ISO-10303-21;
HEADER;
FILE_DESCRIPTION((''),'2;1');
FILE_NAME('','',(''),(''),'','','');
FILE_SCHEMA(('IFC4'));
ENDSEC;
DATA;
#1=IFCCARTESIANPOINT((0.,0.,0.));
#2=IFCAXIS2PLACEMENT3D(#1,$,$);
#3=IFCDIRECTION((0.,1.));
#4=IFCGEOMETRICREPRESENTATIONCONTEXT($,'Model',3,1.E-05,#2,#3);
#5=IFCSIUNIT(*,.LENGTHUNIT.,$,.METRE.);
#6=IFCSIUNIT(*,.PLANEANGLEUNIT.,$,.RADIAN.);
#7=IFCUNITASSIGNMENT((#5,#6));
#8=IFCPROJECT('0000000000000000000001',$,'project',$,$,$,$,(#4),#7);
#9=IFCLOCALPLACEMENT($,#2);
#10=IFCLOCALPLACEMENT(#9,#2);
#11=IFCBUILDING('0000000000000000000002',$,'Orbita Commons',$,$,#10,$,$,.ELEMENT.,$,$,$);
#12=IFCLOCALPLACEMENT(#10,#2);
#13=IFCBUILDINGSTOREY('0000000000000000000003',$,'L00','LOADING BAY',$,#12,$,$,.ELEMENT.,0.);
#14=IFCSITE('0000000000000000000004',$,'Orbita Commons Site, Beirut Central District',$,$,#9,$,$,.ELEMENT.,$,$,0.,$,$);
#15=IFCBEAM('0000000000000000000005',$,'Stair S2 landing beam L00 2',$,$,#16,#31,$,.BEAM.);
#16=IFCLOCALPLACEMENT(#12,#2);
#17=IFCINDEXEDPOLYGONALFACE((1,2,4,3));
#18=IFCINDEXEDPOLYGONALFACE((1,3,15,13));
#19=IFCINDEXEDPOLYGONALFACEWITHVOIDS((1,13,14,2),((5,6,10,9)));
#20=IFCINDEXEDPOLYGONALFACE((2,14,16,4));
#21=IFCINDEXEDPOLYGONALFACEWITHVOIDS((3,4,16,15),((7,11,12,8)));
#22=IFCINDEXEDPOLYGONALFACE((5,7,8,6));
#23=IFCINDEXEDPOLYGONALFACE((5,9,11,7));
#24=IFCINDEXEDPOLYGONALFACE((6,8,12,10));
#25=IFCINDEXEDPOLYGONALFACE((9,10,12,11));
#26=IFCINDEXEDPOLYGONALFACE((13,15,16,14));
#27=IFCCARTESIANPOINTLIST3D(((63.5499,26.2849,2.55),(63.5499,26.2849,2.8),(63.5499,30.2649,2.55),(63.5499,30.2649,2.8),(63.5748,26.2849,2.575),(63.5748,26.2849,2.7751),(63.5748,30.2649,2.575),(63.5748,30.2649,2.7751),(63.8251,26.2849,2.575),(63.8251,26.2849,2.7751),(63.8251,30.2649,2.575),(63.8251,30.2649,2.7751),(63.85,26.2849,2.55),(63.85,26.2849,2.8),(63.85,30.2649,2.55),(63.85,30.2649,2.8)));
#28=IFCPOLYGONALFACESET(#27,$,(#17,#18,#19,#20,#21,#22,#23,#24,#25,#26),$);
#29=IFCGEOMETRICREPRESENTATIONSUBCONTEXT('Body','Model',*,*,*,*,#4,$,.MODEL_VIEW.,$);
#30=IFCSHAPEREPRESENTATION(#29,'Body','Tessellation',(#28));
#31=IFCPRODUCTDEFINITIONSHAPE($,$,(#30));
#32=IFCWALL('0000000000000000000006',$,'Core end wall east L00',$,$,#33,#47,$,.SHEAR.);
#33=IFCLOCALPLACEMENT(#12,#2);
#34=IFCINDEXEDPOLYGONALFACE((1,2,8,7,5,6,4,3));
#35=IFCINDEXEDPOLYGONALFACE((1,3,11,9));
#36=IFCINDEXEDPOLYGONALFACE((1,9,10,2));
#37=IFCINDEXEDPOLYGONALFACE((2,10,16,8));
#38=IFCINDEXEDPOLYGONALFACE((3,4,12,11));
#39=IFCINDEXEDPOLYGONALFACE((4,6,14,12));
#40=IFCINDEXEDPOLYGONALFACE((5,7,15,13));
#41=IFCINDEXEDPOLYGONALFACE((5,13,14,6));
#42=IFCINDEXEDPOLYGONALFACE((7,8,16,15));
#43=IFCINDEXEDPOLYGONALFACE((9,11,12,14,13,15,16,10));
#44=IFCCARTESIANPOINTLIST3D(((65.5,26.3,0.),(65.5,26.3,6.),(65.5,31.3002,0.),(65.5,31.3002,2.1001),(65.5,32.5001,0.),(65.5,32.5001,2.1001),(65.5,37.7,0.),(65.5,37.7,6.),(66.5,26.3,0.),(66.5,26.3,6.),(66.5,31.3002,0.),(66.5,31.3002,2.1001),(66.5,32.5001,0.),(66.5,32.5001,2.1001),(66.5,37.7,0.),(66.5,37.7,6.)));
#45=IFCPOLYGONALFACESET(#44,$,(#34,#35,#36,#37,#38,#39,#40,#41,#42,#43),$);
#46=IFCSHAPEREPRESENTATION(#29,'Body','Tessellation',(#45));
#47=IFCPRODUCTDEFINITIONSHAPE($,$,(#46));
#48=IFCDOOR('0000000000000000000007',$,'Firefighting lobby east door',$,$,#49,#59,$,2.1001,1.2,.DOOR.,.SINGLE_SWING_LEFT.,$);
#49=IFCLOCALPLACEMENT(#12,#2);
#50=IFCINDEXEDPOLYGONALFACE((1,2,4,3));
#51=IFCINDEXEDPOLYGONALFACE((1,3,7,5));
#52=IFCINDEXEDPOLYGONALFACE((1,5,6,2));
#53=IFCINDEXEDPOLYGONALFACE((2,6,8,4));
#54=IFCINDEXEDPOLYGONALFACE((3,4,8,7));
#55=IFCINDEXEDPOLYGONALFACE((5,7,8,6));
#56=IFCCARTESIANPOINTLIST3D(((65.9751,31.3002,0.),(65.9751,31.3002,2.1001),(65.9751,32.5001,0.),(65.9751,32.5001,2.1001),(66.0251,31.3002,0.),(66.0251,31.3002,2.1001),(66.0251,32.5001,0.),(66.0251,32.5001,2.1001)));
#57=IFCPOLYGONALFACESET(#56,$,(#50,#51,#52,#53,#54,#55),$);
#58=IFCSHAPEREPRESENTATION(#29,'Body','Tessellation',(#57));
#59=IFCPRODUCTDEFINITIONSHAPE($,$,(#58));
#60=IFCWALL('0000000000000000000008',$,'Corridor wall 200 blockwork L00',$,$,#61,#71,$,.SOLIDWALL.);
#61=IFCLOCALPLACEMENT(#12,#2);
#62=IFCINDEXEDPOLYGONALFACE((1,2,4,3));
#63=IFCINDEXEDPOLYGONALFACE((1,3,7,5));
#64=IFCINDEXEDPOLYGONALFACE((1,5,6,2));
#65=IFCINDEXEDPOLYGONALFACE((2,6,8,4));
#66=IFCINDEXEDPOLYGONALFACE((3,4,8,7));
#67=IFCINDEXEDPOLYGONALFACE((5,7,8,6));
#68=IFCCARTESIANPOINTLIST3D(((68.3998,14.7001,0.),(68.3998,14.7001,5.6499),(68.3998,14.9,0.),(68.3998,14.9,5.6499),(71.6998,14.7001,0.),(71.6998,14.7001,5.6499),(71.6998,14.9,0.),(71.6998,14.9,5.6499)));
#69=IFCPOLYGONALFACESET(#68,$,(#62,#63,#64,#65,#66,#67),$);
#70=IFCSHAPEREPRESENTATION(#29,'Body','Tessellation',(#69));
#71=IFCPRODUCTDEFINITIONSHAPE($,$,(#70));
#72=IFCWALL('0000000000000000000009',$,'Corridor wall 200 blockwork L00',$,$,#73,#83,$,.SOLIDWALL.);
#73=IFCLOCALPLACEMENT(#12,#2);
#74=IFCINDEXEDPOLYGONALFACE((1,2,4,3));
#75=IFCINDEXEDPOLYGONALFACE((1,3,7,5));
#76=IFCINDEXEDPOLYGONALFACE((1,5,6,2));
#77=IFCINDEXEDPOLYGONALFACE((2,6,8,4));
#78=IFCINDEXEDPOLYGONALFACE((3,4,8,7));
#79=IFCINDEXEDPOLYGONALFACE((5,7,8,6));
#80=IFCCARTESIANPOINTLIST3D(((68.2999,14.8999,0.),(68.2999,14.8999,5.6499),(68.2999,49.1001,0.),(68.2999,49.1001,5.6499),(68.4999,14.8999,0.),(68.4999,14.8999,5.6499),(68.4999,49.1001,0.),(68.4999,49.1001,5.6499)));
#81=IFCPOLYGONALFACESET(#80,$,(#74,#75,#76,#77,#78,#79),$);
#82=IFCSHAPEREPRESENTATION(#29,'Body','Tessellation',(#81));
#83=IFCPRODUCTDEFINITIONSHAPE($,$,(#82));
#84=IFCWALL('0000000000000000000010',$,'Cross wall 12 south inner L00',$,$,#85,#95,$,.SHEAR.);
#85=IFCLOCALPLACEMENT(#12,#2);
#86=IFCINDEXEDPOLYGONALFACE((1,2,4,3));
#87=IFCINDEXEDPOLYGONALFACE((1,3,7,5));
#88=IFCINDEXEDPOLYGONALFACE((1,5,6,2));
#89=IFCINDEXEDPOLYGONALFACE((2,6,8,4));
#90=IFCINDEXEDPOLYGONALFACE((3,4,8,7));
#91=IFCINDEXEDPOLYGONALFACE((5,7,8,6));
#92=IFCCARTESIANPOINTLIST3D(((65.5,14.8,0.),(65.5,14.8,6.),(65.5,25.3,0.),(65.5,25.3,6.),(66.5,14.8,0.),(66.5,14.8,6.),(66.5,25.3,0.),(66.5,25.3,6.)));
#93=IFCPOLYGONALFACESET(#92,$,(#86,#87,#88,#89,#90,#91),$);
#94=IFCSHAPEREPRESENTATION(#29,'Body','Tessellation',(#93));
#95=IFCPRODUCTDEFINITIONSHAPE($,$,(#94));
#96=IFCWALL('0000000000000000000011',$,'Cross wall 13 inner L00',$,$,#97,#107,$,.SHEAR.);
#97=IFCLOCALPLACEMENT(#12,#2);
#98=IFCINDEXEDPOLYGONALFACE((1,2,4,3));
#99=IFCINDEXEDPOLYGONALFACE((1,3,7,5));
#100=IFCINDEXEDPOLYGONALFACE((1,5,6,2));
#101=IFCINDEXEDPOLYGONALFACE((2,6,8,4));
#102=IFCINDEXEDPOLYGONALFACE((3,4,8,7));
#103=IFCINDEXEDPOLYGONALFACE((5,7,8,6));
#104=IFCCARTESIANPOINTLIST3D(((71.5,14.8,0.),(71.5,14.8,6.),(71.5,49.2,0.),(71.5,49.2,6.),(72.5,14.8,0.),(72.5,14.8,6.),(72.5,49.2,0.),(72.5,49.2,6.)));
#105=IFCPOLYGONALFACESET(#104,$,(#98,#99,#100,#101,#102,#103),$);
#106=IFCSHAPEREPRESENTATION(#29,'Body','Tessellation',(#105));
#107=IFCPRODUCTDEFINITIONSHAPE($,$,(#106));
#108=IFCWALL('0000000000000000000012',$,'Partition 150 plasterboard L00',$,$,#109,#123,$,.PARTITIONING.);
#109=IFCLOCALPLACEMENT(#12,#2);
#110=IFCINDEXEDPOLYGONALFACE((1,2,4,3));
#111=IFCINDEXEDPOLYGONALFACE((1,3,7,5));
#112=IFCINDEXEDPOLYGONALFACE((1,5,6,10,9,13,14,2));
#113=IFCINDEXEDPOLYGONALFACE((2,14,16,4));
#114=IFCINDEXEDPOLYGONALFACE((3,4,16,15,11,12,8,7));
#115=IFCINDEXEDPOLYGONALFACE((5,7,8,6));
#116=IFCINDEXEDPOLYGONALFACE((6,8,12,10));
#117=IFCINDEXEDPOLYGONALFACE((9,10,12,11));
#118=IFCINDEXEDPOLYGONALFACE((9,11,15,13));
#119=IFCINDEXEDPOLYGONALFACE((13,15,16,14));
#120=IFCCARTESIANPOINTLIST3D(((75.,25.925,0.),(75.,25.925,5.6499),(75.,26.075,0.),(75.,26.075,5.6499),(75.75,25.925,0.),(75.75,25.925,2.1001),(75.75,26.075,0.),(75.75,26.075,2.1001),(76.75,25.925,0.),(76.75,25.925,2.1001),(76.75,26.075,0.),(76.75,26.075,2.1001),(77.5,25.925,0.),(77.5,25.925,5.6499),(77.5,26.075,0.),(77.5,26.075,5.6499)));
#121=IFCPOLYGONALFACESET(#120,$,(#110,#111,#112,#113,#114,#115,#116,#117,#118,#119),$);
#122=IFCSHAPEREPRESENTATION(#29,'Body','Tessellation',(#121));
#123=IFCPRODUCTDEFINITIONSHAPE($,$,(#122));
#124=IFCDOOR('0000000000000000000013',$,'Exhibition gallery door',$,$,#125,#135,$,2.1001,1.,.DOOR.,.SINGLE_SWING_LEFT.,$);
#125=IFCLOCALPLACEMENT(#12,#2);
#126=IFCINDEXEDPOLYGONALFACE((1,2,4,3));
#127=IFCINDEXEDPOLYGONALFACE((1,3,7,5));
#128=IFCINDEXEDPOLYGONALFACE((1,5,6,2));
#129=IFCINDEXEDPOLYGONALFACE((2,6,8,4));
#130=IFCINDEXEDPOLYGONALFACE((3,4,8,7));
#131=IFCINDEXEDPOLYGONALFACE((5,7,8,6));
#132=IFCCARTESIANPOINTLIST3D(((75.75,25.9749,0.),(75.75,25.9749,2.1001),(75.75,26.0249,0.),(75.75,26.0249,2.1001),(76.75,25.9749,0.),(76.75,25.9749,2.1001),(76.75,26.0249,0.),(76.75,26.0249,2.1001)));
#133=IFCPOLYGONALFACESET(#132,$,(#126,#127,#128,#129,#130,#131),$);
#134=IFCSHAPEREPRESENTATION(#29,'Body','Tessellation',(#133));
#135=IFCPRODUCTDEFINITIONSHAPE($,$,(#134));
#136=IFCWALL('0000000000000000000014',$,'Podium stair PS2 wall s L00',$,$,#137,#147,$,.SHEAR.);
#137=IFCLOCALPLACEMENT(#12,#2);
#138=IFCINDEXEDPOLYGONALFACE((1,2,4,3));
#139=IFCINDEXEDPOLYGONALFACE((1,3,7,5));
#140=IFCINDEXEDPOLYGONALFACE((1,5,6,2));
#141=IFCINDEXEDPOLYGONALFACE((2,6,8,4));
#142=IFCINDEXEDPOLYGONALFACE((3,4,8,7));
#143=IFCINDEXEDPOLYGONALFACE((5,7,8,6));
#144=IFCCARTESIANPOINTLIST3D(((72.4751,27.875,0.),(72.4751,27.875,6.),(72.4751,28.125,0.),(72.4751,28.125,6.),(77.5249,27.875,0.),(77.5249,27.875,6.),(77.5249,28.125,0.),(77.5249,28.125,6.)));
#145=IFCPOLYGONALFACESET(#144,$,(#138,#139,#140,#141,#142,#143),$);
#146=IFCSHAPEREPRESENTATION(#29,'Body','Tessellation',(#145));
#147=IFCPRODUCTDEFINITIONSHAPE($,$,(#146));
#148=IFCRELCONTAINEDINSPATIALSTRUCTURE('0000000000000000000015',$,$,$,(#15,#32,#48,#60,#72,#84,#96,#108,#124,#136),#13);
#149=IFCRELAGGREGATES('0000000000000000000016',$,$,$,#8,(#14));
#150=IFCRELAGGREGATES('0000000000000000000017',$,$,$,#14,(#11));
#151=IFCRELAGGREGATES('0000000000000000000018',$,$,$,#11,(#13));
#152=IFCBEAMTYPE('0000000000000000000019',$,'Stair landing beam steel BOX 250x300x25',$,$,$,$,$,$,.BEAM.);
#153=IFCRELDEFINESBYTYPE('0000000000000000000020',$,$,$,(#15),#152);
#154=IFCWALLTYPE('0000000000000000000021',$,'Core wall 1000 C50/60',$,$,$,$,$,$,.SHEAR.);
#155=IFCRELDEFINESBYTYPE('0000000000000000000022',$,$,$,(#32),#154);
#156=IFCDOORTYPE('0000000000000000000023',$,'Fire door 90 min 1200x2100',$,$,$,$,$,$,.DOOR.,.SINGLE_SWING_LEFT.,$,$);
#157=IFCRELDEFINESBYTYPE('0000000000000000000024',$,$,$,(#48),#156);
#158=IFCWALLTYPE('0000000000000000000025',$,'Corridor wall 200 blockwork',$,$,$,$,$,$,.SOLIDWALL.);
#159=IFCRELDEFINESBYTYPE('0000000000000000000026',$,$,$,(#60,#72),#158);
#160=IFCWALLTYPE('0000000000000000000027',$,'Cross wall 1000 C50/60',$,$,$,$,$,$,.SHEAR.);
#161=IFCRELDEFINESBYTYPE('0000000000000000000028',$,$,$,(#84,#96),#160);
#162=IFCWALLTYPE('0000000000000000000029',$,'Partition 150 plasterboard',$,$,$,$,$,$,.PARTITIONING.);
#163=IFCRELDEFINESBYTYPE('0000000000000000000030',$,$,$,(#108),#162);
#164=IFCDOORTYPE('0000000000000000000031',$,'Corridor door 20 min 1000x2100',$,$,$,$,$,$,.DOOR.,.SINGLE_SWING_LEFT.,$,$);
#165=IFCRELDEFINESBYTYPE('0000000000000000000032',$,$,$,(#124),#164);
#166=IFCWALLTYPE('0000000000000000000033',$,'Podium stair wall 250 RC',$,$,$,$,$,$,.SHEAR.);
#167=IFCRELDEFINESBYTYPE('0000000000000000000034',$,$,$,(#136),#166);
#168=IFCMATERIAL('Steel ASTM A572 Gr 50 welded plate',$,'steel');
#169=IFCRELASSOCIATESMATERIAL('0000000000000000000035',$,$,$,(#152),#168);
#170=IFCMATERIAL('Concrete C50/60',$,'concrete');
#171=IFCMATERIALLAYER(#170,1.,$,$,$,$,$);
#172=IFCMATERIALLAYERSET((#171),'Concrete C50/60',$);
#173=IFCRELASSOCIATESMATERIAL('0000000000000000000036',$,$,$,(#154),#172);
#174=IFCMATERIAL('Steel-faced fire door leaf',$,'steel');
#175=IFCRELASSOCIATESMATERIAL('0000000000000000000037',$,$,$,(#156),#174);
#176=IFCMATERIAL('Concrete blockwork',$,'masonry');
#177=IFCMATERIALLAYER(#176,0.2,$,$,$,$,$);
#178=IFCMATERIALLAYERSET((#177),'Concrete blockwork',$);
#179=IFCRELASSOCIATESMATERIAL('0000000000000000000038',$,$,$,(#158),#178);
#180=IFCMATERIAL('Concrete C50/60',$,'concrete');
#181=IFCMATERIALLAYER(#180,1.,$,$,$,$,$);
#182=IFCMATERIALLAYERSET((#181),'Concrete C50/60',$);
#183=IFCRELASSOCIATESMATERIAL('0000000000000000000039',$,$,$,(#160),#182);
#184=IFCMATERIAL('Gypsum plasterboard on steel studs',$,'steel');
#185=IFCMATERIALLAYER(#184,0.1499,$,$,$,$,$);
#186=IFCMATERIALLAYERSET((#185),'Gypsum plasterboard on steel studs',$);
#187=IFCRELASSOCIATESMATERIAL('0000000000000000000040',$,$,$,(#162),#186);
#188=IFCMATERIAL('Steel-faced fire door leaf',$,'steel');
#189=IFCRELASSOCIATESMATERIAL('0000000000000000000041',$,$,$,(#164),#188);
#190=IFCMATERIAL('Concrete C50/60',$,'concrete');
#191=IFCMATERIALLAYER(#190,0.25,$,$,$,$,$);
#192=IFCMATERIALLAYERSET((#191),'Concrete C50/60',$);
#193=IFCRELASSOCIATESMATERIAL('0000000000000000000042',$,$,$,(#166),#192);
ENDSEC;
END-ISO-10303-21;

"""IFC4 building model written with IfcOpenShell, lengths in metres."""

from ifc_helpers import new_model, si_unit, direction, frame, frame_2d, origin, origin_2d, place, context, subcontext, project, spatial, rectangle, hollow_rectangle, extrude, material, layer, layer_set, material_profile, profile_set, type_object, element, fill, save


model = new_model("IFC4")

# Units and contexts
model_context = context("Model", 3, precision=1e-05, world=origin(), true_north=direction((0.0, 1.0)))
body_context = subcontext(model_context, "Body", "Model", "MODEL_VIEW")
ifc_project = project(units=[si_unit("LENGTHUNIT", "METRE"), si_unit("PLANEANGLEUNIT", "RADIAN")], contexts=[model_context])

# Site, building, storey
site_placement = place(None, origin())
site = spatial("IfcSite", under=ifc_project, at=site_placement, Name="Orbita Commons Site, Beirut Central District", CompositionType="ELEMENT", RefElevation=0.0)
building_placement = place(site_placement, origin())
building = spatial("IfcBuilding", under=site, at=building_placement, Name="Orbita Commons", CompositionType="ELEMENT")
storey_placement = place(building_placement, origin())
storey = spatial("IfcBuildingStorey", under=building, at=storey_placement, Name="L00", Description="LOADING BAY", CompositionType="ELEMENT", Elevation=0.0)

# Beam
ifc_material_1 = material(Name="Steel ASTM A572 Gr 50 welded plate", Category="steel")
ifc_material_profile = material_profile(ifc_material_1, hollow_rectangle(XDim=0.3, YDim=0.25, WallThickness=0.0249, at=origin_2d()), Name="BOX 250x300x25")
ifc_profile_set = profile_set([ifc_material_profile], Name="Steel ASTM A572 Gr 50 welded plate")
beam_type = type_object("IfcBeamType", Name="Stair landing beam steel BOX 250x300x25", PredefinedType="BEAM", material=ifc_profile_set)
beam_placement = place(storey_placement, frame((63.7, 26.2849, 2.675), z_axis=(0.0, 1.0, 0.0), x_axis=(-1.0, 0.0, 0.0)))
element("IfcBeam", 1, at=beam_placement, inside=storey, type_object=beam_type, Name="Stair S2 landing beam L00 2", PredefinedType="BEAM", context=body_context, shape_type="SweptSolid", body=[
    extrude(hollow_rectangle(XDim=0.3, YDim=0.25, WallThickness=0.0249, at=origin_2d()), origin(), (0.0, 0.0, 1.0), 3.98),
])

# Wall, opening, door
ifc_material_2 = material(Name="Concrete C50/60", Category="concrete")
ifc_layer_1 = layer(ifc_material_2, 1.0)
ifc_layer_set_1 = layer_set([ifc_layer_1], Name="Concrete C50/60")
wall_type_1 = type_object("IfcWallType", Name="Core wall 1000 C50/60", PredefinedType="SHEAR", material=ifc_layer_set_1)
wall_1_placement = place(storey_placement, frame((66.0, 26.3, 0.0), z_axis=(0.0, 0.0, 1.0), x_axis=(0.0, 1.0, 0.0)))
wall_1 = element("IfcWall", 2, at=wall_1_placement, inside=storey, type_object=wall_type_1, Name="Core end wall east L00", PredefinedType="SHEAR", context=body_context, shape_type="SweptSolid", body=[
    extrude(rectangle(XDim=11.3999, YDim=1.0, at=frame_2d((5.7, 0.0))), origin(), (0.0, 0.0, 1.0), 6.0),
])
opening_1_placement = place(wall_1_placement, frame((5.0, 0.0, 0.0)))
opening_1 = element("IfcOpeningElement", 3, at=opening_1_placement, cuts=wall_1, PredefinedType="OPENING", context=body_context, shape_type="SweptSolid", body=[
    extrude(rectangle(XDim=1.2, YDim=2.1001, at=frame_2d((0.6001, 1.05))), frame((0.0, 0.51, 0.0), z_axis=(0.0, -1.0, 0.0), x_axis=(1.0, 0.0, 0.0)), (0.0, 0.0, 1.0), 1.02),
])
ifc_material_3 = material(Name="Steel-faced fire door leaf", Category="steel")
door_type_1 = type_object("IfcDoorType", Name="Fire door 90 min 1200x2100", OperationType="SINGLE_SWING_LEFT", PredefinedType="DOOR", material=ifc_material_3)
door_1_placement = place(opening_1_placement, origin())
door_1 = element("IfcDoor", 4, at=door_1_placement, inside=storey, type_object=door_type_1, Name="Firefighting lobby east door", OperationType="SINGLE_SWING_LEFT", OverallHeight=2.1001, OverallWidth=1.2, PredefinedType="DOOR", context=body_context, shape_type="SweptSolid", body=[
    extrude(rectangle(XDim=1.2, YDim=2.1001, at=frame_2d((0.6001, 1.05))), frame((0.0, 0.0249, 0.0), z_axis=(0.0, -1.0, 0.0), x_axis=(1.0, 0.0, 0.0)), (0.0, 0.0, 1.0), 0.05),
])
fill(opening_1, door_1)

# Walls
ifc_material_4 = material(Name="Concrete blockwork", Category="masonry")
ifc_layer_2 = layer(ifc_material_4, 0.2)
ifc_layer_set_2 = layer_set([ifc_layer_2], Name="Concrete blockwork")
wall_type_2 = type_object("IfcWallType", Name="Corridor wall 200 blockwork", PredefinedType="SOLIDWALL", material=ifc_layer_set_2)
wall_2_placement = place(storey_placement, frame((68.3999, 14.8, 0.0), z_axis=(0.0, 0.0, 1.0), x_axis=(1.0, 0.0, 0.0)))
element("IfcWall", 5, at=wall_2_placement, inside=storey, type_object=wall_type_2, Name="Corridor wall 200 blockwork L00", PredefinedType="SOLIDWALL", context=body_context, shape_type="SweptSolid", body=[
    extrude(rectangle(XDim=3.3, YDim=0.2, at=frame_2d((1.6499, 0.0))), origin(), (0.0, 0.0, 1.0), 5.6499),
])
wall_3_placement = place(storey_placement, frame((68.3999, 14.8999, 0.0), z_axis=(0.0, 0.0, 1.0), x_axis=(0.0, 1.0, 0.0)))
element("IfcWall", 6, at=wall_3_placement, inside=storey, type_object=wall_type_2, Name="Corridor wall 200 blockwork L00", PredefinedType="SOLIDWALL", context=body_context, shape_type="SweptSolid", body=[
    extrude(rectangle(XDim=34.2002, YDim=0.2, at=frame_2d((17.1001, 0.0))), origin(), (0.0, 0.0, 1.0), 5.6499),
])
ifc_material_5 = material(Name="Concrete C50/60", Category="concrete")
ifc_layer_3 = layer(ifc_material_5, 1.0)
ifc_layer_set_3 = layer_set([ifc_layer_3], Name="Concrete C50/60")
wall_type_3 = type_object("IfcWallType", Name="Cross wall 1000 C50/60", PredefinedType="SHEAR", material=ifc_layer_set_3)
wall_4_placement = place(storey_placement, frame((66.0, 14.8, 0.0), z_axis=(0.0, 0.0, 1.0), x_axis=(0.0, 1.0, 0.0)))
element("IfcWall", 7, at=wall_4_placement, inside=storey, type_object=wall_type_3, Name="Cross wall 12 south inner L00", PredefinedType="SHEAR", context=body_context, shape_type="SweptSolid", body=[
    extrude(rectangle(XDim=10.5, YDim=1.0, at=frame_2d((5.25, 0.0))), origin(), (0.0, 0.0, 1.0), 6.0),
])
wall_5_placement = place(storey_placement, frame((72.0, 14.8, 0.0), z_axis=(0.0, 0.0, 1.0), x_axis=(0.0, 1.0, 0.0)))
element("IfcWall", 8, at=wall_5_placement, inside=storey, type_object=wall_type_3, Name="Cross wall 13 inner L00", PredefinedType="SHEAR", context=body_context, shape_type="SweptSolid", body=[
    extrude(rectangle(XDim=34.3999, YDim=1.0, at=frame_2d((17.2, 0.0))), origin(), (0.0, 0.0, 1.0), 6.0),
])

# Wall, opening, door
ifc_material_6 = material(Name="Gypsum plasterboard on steel studs", Category="steel")
ifc_layer_4 = layer(ifc_material_6, 0.1499)
ifc_layer_set_4 = layer_set([ifc_layer_4], Name="Gypsum plasterboard on steel studs")
wall_type_4 = type_object("IfcWallType", Name="Partition 150 plasterboard", PredefinedType="PARTITIONING", material=ifc_layer_set_4)
wall_6_placement = place(storey_placement, frame((75.0, 26.0, 0.0), z_axis=(0.0, 0.0, 1.0), x_axis=(1.0, 0.0, 0.0)))
wall_6 = element("IfcWall", 9, at=wall_6_placement, inside=storey, type_object=wall_type_4, Name="Partition 150 plasterboard L00", PredefinedType="PARTITIONING", context=body_context, shape_type="SweptSolid", body=[
    extrude(rectangle(XDim=2.5, YDim=0.1499, at=frame_2d((1.25, 0.0))), origin(), (0.0, 0.0, 1.0), 5.6499),
])
opening_2_placement = place(wall_6_placement, frame((0.75, 0.0, 0.0)))
opening_2 = element("IfcOpeningElement", 10, at=opening_2_placement, cuts=wall_6, PredefinedType="OPENING", context=body_context, shape_type="SweptSolid", body=[
    extrude(rectangle(XDim=1.0, YDim=2.1001, at=frame_2d((0.5, 1.05))), frame((0.0, 0.085, 0.0), z_axis=(0.0, -1.0, 0.0), x_axis=(1.0, 0.0, 0.0)), (0.0, 0.0, 1.0), 0.1699),
])
ifc_material_7 = material(Name="Steel-faced fire door leaf", Category="steel")
door_type_2 = type_object("IfcDoorType", Name="Corridor door 20 min 1000x2100", OperationType="SINGLE_SWING_LEFT", PredefinedType="DOOR", material=ifc_material_7)
door_2_placement = place(opening_2_placement, origin())
door_2 = element("IfcDoor", 11, at=door_2_placement, inside=storey, type_object=door_type_2, Name="Exhibition gallery door", OperationType="SINGLE_SWING_LEFT", OverallHeight=2.1001, OverallWidth=1.0, PredefinedType="DOOR", context=body_context, shape_type="SweptSolid", body=[
    extrude(rectangle(XDim=1.0, YDim=2.1001, at=frame_2d((0.5, 1.05))), frame((0.0, 0.0249, 0.0), z_axis=(0.0, -1.0, 0.0), x_axis=(1.0, 0.0, 0.0)), (0.0, 0.0, 1.0), 0.05),
])
fill(opening_2, door_2)

# Wall
ifc_material_8 = material(Name="Concrete C50/60", Category="concrete")
ifc_layer_5 = layer(ifc_material_8, 0.25)
ifc_layer_set_5 = layer_set([ifc_layer_5], Name="Concrete C50/60")
wall_type_5 = type_object("IfcWallType", Name="Podium stair wall 250 RC", PredefinedType="SHEAR", material=ifc_layer_set_5)
wall_7_placement = place(storey_placement, frame((72.4751, 28.0, 0.0), z_axis=(0.0, 0.0, 1.0), x_axis=(1.0, 0.0, 0.0)))
element("IfcWall", 12, at=wall_7_placement, inside=storey, type_object=wall_type_5, Name="Podium stair PS2 wall s L00", PredefinedType="SHEAR", context=body_context, shape_type="SweptSolid", body=[
    extrude(rectangle(XDim=5.0498, YDim=0.25, at=frame_2d((2.5249, 0.0))), origin(), (0.0, 0.0, 1.0), 6.0),
])

save(model, "model.ifc")
